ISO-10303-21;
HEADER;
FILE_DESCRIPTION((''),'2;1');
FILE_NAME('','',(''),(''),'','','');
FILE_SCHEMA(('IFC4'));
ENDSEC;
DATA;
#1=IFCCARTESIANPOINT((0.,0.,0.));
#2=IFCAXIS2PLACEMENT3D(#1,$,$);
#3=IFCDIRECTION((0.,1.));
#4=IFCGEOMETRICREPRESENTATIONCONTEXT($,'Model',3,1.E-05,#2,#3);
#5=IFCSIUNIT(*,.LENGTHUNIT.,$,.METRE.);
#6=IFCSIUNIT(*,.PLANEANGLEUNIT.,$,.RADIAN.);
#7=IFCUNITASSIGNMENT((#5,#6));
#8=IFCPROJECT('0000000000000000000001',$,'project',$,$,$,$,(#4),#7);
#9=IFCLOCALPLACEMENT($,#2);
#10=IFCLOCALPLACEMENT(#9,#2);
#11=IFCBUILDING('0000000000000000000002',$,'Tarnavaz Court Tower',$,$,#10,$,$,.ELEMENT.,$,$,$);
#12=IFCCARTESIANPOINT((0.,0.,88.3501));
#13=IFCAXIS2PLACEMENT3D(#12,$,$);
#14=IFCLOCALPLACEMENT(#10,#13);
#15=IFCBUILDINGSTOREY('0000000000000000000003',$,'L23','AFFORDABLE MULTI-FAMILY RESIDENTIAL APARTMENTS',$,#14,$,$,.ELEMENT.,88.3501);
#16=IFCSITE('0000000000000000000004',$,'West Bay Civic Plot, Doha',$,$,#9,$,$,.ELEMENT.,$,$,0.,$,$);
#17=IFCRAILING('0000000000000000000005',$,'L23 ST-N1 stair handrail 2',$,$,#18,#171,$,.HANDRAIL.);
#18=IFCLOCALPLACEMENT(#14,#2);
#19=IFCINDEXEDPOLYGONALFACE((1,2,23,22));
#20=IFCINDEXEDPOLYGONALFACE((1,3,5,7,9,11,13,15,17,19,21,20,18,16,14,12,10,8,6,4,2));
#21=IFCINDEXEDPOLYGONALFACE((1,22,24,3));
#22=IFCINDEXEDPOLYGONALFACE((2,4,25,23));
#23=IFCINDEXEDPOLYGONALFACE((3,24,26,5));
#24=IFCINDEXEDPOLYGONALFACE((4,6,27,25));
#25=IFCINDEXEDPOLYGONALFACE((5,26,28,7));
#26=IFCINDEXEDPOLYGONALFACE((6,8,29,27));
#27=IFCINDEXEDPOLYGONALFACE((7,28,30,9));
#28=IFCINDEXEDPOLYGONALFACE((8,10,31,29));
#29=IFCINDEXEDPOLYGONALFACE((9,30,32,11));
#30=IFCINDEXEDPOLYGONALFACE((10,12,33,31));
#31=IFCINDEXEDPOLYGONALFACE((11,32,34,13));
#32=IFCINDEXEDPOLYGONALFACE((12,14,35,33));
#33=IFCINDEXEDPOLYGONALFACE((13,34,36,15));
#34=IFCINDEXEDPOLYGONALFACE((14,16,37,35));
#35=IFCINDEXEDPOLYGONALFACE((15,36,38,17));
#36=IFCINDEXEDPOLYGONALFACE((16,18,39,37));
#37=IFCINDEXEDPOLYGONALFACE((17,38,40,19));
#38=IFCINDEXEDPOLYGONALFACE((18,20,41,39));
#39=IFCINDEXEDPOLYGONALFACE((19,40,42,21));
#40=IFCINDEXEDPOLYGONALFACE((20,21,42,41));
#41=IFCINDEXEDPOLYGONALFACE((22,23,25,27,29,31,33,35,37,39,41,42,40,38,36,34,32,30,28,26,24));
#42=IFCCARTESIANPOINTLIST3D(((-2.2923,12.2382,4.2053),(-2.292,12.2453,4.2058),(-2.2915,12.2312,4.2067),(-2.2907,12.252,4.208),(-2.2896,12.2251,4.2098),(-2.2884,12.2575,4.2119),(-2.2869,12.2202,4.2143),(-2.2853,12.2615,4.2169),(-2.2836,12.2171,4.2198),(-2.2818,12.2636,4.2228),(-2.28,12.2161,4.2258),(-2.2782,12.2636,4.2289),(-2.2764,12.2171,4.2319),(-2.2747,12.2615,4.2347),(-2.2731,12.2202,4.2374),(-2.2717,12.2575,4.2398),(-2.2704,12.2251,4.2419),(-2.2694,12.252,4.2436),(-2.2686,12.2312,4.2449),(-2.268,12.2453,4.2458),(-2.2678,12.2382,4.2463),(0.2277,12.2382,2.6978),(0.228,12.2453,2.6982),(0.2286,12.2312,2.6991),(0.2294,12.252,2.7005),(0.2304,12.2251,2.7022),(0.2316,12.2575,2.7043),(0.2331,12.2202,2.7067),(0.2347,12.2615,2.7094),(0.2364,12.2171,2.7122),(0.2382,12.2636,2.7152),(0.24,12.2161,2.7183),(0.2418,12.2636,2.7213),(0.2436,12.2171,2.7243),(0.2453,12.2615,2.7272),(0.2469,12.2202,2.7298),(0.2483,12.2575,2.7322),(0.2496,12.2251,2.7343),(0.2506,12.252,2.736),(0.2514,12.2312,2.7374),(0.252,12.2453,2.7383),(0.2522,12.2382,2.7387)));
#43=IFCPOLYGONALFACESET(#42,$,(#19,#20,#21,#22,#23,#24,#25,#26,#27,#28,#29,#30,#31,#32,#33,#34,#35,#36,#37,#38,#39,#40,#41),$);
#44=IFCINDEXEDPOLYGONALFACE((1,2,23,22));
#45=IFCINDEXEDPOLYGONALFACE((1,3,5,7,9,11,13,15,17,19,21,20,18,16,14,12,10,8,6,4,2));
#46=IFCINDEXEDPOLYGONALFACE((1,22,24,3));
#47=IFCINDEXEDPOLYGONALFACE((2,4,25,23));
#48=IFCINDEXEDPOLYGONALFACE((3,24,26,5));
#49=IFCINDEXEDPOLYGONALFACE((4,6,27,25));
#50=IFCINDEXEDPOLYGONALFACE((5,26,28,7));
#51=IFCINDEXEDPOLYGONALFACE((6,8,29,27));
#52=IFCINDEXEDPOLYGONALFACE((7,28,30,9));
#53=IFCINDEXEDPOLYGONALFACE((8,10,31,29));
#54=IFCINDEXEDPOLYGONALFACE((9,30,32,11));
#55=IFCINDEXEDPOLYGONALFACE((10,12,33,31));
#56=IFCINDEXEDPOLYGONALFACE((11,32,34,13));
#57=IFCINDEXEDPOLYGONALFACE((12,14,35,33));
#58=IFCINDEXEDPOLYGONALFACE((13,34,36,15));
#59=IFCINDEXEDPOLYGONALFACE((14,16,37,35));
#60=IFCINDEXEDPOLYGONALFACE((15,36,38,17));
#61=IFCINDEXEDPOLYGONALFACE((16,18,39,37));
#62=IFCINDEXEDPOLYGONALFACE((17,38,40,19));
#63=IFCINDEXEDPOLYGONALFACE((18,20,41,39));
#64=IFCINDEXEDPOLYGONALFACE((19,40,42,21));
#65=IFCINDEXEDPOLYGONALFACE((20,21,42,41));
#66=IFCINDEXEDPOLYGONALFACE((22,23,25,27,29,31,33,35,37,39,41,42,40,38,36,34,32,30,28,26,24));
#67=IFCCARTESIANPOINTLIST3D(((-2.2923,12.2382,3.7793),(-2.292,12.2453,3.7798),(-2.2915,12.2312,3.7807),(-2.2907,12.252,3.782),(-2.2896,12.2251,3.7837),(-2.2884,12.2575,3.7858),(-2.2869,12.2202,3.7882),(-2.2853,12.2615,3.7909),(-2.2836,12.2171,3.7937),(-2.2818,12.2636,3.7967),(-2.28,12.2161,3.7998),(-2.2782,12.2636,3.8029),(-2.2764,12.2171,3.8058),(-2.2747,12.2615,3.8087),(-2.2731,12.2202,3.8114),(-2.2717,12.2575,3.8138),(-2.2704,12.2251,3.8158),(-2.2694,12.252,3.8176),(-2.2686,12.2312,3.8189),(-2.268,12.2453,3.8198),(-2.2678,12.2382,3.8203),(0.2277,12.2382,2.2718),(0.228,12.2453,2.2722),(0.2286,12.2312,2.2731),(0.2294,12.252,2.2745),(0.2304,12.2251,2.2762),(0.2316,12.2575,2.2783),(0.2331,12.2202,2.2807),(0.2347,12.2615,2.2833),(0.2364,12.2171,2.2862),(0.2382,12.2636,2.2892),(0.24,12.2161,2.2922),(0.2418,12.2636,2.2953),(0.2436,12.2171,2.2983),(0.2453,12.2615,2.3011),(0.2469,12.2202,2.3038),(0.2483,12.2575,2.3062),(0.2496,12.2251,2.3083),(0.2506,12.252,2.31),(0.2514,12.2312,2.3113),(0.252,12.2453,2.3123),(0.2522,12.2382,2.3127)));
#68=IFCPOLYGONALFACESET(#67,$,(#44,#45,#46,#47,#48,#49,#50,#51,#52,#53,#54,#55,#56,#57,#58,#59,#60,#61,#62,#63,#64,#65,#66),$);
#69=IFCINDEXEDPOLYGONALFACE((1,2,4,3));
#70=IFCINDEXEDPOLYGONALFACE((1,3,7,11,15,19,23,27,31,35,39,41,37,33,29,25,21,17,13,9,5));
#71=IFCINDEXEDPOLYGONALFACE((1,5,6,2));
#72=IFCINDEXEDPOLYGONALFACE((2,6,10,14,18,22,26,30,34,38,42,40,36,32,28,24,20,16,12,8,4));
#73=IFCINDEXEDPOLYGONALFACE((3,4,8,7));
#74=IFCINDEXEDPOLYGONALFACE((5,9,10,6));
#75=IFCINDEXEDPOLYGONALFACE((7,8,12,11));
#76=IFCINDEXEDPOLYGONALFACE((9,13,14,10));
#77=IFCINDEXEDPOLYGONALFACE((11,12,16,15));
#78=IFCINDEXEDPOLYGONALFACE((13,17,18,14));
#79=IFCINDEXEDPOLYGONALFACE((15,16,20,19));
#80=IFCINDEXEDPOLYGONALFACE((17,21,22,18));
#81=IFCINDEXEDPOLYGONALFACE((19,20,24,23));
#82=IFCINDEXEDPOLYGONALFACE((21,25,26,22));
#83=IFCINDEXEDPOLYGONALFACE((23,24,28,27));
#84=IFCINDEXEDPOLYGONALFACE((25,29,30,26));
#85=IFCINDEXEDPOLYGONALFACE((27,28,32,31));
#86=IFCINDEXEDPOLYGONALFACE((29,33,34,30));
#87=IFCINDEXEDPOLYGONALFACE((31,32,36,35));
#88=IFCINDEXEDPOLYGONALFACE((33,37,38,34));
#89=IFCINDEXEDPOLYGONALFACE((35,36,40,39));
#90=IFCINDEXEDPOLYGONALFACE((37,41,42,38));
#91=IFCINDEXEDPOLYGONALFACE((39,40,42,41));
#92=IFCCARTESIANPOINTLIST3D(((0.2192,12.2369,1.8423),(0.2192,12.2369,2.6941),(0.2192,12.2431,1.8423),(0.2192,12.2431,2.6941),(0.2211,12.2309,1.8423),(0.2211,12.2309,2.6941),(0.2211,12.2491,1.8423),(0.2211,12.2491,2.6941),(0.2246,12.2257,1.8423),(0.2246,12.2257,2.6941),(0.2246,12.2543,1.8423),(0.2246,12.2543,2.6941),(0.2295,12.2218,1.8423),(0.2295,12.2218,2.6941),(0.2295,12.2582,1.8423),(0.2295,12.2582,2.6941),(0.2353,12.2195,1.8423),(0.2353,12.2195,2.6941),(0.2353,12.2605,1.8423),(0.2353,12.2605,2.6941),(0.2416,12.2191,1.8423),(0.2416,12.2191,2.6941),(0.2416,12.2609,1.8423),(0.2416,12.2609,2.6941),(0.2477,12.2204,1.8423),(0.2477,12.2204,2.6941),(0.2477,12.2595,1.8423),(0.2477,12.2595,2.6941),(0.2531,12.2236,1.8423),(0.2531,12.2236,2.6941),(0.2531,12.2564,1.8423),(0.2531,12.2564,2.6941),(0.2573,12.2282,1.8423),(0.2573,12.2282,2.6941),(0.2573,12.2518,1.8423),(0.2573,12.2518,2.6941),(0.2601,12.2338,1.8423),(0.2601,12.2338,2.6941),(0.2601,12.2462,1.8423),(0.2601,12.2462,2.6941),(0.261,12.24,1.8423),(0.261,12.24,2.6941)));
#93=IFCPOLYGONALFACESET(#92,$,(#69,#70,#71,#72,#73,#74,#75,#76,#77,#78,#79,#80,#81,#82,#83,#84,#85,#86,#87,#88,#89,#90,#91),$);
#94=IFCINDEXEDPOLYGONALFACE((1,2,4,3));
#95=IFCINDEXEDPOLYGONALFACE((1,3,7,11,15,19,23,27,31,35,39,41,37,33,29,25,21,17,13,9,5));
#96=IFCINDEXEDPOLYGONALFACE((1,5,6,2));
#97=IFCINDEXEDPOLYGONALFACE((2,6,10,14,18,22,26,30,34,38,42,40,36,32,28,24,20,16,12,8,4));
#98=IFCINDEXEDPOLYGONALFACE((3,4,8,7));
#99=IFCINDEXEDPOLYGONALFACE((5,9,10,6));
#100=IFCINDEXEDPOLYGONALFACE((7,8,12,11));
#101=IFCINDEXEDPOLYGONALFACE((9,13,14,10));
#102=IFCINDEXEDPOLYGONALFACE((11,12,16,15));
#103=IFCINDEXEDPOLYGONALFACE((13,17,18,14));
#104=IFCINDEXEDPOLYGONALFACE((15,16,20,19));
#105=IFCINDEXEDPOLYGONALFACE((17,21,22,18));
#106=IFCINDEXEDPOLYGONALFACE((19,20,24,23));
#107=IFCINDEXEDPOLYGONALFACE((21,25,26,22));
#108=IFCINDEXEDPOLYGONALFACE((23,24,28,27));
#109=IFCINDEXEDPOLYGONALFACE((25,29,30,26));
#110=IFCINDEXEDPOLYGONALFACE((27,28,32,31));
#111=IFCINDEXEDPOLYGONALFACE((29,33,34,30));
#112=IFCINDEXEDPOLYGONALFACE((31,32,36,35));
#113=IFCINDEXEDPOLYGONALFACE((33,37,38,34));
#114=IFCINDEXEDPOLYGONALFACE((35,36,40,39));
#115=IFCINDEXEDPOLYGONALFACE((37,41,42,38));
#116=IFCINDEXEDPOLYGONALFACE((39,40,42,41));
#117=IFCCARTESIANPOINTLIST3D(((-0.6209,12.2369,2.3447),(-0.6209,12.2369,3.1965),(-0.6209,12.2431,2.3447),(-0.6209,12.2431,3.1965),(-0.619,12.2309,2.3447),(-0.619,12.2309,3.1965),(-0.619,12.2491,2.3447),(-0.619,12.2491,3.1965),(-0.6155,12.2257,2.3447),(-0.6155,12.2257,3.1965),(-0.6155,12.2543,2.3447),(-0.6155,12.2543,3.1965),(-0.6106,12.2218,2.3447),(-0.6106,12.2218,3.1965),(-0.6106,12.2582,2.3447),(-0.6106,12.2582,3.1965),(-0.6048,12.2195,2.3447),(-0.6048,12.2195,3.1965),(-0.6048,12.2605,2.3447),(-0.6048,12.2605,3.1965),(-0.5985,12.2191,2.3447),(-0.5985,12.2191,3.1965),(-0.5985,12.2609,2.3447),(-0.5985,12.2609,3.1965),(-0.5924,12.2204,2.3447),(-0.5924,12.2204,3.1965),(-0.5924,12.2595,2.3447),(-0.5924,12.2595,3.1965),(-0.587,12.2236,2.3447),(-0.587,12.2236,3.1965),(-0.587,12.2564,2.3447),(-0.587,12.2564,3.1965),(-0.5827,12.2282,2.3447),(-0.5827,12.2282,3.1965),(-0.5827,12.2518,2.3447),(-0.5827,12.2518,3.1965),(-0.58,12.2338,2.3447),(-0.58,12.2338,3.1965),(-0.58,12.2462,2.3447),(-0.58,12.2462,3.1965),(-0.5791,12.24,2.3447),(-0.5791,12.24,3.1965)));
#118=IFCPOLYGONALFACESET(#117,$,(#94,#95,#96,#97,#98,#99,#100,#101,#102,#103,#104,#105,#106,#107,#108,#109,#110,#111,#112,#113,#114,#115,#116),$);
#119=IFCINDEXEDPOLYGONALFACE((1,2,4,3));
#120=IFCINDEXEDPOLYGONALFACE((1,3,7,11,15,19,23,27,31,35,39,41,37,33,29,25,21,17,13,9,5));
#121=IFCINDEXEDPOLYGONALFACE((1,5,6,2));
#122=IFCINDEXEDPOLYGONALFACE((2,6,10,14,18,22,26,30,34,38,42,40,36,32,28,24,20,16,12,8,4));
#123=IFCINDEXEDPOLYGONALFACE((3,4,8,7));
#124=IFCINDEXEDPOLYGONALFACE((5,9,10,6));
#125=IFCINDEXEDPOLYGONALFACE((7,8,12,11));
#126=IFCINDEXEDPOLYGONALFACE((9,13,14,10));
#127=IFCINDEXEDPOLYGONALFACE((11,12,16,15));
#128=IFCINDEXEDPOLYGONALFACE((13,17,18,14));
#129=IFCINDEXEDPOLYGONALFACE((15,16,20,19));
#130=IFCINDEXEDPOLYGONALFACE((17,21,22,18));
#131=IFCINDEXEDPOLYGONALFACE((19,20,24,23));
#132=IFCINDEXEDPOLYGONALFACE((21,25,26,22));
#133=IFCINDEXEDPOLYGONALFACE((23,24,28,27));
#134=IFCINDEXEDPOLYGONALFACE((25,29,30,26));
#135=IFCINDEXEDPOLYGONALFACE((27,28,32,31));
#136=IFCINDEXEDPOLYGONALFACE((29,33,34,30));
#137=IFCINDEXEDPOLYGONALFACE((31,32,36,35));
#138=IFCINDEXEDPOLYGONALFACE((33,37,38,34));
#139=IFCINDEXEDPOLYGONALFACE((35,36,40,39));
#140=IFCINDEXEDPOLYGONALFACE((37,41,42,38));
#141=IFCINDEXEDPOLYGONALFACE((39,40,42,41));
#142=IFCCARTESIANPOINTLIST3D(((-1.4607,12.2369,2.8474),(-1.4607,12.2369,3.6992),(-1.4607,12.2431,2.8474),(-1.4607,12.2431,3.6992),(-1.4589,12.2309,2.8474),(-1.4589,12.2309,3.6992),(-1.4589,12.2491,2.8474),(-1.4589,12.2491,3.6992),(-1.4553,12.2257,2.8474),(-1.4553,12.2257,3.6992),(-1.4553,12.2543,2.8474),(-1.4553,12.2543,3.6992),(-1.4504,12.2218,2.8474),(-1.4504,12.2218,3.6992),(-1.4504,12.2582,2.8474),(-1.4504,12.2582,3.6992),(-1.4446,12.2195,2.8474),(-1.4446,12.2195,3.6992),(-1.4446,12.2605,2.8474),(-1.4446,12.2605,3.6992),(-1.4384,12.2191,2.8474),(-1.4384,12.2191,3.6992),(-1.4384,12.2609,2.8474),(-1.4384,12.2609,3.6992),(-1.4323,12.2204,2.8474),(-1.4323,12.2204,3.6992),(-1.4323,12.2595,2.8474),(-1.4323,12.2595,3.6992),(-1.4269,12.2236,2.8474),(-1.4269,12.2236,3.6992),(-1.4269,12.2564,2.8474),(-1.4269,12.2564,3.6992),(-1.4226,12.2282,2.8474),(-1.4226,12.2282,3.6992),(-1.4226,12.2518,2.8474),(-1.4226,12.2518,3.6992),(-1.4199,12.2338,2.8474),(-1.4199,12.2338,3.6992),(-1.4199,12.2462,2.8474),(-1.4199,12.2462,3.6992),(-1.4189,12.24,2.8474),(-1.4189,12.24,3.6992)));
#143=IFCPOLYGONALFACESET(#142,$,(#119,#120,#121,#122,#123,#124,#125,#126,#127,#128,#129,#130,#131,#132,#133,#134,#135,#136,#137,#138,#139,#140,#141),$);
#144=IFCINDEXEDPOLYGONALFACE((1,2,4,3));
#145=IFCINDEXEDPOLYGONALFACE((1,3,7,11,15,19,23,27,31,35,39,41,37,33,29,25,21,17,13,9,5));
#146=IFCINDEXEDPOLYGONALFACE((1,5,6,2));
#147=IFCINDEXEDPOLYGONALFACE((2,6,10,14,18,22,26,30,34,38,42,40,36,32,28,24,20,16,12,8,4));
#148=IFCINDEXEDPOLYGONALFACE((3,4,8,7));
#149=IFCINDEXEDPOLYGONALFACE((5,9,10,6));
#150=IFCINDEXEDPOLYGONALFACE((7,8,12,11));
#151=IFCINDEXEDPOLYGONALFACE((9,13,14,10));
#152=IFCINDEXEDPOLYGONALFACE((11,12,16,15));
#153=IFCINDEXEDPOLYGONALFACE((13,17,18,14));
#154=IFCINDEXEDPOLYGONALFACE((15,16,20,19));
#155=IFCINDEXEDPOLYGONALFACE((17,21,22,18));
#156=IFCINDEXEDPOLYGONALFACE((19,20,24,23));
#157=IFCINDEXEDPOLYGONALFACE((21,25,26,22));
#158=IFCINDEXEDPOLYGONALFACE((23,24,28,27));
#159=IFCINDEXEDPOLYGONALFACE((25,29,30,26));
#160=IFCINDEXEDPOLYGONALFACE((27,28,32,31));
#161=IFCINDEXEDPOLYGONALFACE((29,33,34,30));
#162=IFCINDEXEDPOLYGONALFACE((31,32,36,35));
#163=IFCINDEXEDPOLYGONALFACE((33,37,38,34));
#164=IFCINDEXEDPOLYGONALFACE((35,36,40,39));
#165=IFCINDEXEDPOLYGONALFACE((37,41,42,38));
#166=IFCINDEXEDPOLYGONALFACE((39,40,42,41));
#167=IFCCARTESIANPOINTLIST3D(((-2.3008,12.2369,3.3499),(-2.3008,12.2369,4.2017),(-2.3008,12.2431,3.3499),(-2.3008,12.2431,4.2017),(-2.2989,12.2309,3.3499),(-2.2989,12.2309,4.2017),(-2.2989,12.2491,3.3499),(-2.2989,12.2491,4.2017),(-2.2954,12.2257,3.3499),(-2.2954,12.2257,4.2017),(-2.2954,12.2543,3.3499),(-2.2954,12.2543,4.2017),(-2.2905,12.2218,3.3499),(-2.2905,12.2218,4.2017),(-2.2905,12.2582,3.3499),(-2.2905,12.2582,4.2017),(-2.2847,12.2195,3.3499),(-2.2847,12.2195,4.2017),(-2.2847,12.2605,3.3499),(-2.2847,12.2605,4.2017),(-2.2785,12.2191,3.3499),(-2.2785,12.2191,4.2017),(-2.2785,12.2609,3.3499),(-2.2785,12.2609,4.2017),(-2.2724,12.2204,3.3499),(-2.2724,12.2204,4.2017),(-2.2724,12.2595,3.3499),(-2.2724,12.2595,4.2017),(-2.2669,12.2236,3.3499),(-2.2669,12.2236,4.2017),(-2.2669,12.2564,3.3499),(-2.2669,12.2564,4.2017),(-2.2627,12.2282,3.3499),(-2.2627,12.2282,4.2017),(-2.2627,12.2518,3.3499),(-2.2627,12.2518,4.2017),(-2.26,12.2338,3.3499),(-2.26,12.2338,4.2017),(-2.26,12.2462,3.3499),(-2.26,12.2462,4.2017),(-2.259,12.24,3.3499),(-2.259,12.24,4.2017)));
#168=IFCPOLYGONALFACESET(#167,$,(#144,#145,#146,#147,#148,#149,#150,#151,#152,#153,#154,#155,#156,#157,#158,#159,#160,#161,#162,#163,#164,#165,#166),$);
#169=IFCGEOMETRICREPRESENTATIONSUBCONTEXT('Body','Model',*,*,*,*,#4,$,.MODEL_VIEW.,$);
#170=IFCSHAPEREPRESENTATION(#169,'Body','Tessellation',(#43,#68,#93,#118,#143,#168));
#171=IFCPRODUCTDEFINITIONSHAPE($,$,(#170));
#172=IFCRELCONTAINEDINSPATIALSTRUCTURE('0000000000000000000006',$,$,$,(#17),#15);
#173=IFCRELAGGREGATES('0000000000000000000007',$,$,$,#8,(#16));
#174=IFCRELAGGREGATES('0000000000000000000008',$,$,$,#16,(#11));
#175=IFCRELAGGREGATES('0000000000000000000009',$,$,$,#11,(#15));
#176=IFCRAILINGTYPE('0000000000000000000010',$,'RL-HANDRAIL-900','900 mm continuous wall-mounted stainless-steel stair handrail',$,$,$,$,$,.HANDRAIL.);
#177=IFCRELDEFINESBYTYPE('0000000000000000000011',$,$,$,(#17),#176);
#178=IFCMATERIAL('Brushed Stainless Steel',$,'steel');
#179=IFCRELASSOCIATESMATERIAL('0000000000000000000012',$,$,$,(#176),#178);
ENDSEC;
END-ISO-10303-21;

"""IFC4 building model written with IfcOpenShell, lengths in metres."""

from ifc_helpers import new_model, si_unit, direction, frame, origin, origin_2d, place, context, subcontext, project, spatial, circle, extrude, material, type_object, element, save


model = new_model("IFC4")

# Units and contexts
model_context = context("Model", 3, precision=1e-05, world=origin(), true_north=direction((0.0, 1.0)))
body_context = subcontext(model_context, "Body", "Model", "MODEL_VIEW")
ifc_project = project(units=[si_unit("LENGTHUNIT", "METRE"), si_unit("PLANEANGLEUNIT", "RADIAN")], contexts=[model_context])

# Site, building, storey
site_placement = place(None, origin())
site = spatial("IfcSite", under=ifc_project, at=site_placement, Name="West Bay Civic Plot, Doha", CompositionType="ELEMENT", RefElevation=0.0)
building_placement = place(site_placement, origin())
building = spatial("IfcBuilding", under=site, at=building_placement, Name="Tarnavaz Court Tower", CompositionType="ELEMENT")
storey_placement = place(building_placement, frame((0.0, 0.0, 88.3501)))
storey = spatial("IfcBuildingStorey", under=building, at=storey_placement, Name="L23", Description="AFFORDABLE MULTI-FAMILY RESIDENTIAL APARTMENTS", CompositionType="ELEMENT", Elevation=88.3501)

# Railing
ifc_material_1 = material(Name="Brushed Stainless Steel", Category="steel")
railing_type_1 = type_object("IfcRailingType", Name="RL-HANDRAIL-900", Description="900 mm continuous wall-mounted stainless-steel stair handrail", PredefinedType="HANDRAIL", material=ifc_material_1)
railing_1_placement = place(storey_placement, frame((0.24, 12.24, 1.8423)))
element("IfcRailing", 1, at=railing_1_placement, inside=storey, type_object=railing_type_1, Name="L23 ST-N1 stair handrail 2", PredefinedType="HANDRAIL", context=body_context, shape_type="SweptSolid", body=[
    extrude(circle(Radius=0.0239, at=origin_2d()), frame((0.0, 0.0, 0.876), z_axis=(-0.85816, 0.0, 0.513383), x_axis=(0.0, -1.0, 0.0)), (0.0, 0.0, 1.0), 2.9365),
    extrude(circle(Radius=0.0239, at=origin_2d()), frame((0.0, 0.0, 0.45), z_axis=(-0.85816, 0.0, 0.513383), x_axis=(0.0, -1.0, 0.0)), (0.0, 0.0, 1.0), 2.9365),
    extrude(circle(Radius=0.021, at=origin_2d()), origin(), (0.0, 0.0, 1.0), 0.8518),
    extrude(circle(Radius=0.021, at=origin_2d()), frame((-0.8401, 0.0, 0.5024)), (0.0, 0.0, 1.0), 0.8518),
    extrude(circle(Radius=0.021, at=origin_2d()), frame((-1.6799, 0.0, 1.0051)), (0.0, 0.0, 1.0), 0.8518),
    extrude(circle(Radius=0.021, at=origin_2d()), frame((-2.52, 0.0, 1.5076)), (0.0, 0.0, 1.0), 0.8518),
])

save(model, "model.ifc")
